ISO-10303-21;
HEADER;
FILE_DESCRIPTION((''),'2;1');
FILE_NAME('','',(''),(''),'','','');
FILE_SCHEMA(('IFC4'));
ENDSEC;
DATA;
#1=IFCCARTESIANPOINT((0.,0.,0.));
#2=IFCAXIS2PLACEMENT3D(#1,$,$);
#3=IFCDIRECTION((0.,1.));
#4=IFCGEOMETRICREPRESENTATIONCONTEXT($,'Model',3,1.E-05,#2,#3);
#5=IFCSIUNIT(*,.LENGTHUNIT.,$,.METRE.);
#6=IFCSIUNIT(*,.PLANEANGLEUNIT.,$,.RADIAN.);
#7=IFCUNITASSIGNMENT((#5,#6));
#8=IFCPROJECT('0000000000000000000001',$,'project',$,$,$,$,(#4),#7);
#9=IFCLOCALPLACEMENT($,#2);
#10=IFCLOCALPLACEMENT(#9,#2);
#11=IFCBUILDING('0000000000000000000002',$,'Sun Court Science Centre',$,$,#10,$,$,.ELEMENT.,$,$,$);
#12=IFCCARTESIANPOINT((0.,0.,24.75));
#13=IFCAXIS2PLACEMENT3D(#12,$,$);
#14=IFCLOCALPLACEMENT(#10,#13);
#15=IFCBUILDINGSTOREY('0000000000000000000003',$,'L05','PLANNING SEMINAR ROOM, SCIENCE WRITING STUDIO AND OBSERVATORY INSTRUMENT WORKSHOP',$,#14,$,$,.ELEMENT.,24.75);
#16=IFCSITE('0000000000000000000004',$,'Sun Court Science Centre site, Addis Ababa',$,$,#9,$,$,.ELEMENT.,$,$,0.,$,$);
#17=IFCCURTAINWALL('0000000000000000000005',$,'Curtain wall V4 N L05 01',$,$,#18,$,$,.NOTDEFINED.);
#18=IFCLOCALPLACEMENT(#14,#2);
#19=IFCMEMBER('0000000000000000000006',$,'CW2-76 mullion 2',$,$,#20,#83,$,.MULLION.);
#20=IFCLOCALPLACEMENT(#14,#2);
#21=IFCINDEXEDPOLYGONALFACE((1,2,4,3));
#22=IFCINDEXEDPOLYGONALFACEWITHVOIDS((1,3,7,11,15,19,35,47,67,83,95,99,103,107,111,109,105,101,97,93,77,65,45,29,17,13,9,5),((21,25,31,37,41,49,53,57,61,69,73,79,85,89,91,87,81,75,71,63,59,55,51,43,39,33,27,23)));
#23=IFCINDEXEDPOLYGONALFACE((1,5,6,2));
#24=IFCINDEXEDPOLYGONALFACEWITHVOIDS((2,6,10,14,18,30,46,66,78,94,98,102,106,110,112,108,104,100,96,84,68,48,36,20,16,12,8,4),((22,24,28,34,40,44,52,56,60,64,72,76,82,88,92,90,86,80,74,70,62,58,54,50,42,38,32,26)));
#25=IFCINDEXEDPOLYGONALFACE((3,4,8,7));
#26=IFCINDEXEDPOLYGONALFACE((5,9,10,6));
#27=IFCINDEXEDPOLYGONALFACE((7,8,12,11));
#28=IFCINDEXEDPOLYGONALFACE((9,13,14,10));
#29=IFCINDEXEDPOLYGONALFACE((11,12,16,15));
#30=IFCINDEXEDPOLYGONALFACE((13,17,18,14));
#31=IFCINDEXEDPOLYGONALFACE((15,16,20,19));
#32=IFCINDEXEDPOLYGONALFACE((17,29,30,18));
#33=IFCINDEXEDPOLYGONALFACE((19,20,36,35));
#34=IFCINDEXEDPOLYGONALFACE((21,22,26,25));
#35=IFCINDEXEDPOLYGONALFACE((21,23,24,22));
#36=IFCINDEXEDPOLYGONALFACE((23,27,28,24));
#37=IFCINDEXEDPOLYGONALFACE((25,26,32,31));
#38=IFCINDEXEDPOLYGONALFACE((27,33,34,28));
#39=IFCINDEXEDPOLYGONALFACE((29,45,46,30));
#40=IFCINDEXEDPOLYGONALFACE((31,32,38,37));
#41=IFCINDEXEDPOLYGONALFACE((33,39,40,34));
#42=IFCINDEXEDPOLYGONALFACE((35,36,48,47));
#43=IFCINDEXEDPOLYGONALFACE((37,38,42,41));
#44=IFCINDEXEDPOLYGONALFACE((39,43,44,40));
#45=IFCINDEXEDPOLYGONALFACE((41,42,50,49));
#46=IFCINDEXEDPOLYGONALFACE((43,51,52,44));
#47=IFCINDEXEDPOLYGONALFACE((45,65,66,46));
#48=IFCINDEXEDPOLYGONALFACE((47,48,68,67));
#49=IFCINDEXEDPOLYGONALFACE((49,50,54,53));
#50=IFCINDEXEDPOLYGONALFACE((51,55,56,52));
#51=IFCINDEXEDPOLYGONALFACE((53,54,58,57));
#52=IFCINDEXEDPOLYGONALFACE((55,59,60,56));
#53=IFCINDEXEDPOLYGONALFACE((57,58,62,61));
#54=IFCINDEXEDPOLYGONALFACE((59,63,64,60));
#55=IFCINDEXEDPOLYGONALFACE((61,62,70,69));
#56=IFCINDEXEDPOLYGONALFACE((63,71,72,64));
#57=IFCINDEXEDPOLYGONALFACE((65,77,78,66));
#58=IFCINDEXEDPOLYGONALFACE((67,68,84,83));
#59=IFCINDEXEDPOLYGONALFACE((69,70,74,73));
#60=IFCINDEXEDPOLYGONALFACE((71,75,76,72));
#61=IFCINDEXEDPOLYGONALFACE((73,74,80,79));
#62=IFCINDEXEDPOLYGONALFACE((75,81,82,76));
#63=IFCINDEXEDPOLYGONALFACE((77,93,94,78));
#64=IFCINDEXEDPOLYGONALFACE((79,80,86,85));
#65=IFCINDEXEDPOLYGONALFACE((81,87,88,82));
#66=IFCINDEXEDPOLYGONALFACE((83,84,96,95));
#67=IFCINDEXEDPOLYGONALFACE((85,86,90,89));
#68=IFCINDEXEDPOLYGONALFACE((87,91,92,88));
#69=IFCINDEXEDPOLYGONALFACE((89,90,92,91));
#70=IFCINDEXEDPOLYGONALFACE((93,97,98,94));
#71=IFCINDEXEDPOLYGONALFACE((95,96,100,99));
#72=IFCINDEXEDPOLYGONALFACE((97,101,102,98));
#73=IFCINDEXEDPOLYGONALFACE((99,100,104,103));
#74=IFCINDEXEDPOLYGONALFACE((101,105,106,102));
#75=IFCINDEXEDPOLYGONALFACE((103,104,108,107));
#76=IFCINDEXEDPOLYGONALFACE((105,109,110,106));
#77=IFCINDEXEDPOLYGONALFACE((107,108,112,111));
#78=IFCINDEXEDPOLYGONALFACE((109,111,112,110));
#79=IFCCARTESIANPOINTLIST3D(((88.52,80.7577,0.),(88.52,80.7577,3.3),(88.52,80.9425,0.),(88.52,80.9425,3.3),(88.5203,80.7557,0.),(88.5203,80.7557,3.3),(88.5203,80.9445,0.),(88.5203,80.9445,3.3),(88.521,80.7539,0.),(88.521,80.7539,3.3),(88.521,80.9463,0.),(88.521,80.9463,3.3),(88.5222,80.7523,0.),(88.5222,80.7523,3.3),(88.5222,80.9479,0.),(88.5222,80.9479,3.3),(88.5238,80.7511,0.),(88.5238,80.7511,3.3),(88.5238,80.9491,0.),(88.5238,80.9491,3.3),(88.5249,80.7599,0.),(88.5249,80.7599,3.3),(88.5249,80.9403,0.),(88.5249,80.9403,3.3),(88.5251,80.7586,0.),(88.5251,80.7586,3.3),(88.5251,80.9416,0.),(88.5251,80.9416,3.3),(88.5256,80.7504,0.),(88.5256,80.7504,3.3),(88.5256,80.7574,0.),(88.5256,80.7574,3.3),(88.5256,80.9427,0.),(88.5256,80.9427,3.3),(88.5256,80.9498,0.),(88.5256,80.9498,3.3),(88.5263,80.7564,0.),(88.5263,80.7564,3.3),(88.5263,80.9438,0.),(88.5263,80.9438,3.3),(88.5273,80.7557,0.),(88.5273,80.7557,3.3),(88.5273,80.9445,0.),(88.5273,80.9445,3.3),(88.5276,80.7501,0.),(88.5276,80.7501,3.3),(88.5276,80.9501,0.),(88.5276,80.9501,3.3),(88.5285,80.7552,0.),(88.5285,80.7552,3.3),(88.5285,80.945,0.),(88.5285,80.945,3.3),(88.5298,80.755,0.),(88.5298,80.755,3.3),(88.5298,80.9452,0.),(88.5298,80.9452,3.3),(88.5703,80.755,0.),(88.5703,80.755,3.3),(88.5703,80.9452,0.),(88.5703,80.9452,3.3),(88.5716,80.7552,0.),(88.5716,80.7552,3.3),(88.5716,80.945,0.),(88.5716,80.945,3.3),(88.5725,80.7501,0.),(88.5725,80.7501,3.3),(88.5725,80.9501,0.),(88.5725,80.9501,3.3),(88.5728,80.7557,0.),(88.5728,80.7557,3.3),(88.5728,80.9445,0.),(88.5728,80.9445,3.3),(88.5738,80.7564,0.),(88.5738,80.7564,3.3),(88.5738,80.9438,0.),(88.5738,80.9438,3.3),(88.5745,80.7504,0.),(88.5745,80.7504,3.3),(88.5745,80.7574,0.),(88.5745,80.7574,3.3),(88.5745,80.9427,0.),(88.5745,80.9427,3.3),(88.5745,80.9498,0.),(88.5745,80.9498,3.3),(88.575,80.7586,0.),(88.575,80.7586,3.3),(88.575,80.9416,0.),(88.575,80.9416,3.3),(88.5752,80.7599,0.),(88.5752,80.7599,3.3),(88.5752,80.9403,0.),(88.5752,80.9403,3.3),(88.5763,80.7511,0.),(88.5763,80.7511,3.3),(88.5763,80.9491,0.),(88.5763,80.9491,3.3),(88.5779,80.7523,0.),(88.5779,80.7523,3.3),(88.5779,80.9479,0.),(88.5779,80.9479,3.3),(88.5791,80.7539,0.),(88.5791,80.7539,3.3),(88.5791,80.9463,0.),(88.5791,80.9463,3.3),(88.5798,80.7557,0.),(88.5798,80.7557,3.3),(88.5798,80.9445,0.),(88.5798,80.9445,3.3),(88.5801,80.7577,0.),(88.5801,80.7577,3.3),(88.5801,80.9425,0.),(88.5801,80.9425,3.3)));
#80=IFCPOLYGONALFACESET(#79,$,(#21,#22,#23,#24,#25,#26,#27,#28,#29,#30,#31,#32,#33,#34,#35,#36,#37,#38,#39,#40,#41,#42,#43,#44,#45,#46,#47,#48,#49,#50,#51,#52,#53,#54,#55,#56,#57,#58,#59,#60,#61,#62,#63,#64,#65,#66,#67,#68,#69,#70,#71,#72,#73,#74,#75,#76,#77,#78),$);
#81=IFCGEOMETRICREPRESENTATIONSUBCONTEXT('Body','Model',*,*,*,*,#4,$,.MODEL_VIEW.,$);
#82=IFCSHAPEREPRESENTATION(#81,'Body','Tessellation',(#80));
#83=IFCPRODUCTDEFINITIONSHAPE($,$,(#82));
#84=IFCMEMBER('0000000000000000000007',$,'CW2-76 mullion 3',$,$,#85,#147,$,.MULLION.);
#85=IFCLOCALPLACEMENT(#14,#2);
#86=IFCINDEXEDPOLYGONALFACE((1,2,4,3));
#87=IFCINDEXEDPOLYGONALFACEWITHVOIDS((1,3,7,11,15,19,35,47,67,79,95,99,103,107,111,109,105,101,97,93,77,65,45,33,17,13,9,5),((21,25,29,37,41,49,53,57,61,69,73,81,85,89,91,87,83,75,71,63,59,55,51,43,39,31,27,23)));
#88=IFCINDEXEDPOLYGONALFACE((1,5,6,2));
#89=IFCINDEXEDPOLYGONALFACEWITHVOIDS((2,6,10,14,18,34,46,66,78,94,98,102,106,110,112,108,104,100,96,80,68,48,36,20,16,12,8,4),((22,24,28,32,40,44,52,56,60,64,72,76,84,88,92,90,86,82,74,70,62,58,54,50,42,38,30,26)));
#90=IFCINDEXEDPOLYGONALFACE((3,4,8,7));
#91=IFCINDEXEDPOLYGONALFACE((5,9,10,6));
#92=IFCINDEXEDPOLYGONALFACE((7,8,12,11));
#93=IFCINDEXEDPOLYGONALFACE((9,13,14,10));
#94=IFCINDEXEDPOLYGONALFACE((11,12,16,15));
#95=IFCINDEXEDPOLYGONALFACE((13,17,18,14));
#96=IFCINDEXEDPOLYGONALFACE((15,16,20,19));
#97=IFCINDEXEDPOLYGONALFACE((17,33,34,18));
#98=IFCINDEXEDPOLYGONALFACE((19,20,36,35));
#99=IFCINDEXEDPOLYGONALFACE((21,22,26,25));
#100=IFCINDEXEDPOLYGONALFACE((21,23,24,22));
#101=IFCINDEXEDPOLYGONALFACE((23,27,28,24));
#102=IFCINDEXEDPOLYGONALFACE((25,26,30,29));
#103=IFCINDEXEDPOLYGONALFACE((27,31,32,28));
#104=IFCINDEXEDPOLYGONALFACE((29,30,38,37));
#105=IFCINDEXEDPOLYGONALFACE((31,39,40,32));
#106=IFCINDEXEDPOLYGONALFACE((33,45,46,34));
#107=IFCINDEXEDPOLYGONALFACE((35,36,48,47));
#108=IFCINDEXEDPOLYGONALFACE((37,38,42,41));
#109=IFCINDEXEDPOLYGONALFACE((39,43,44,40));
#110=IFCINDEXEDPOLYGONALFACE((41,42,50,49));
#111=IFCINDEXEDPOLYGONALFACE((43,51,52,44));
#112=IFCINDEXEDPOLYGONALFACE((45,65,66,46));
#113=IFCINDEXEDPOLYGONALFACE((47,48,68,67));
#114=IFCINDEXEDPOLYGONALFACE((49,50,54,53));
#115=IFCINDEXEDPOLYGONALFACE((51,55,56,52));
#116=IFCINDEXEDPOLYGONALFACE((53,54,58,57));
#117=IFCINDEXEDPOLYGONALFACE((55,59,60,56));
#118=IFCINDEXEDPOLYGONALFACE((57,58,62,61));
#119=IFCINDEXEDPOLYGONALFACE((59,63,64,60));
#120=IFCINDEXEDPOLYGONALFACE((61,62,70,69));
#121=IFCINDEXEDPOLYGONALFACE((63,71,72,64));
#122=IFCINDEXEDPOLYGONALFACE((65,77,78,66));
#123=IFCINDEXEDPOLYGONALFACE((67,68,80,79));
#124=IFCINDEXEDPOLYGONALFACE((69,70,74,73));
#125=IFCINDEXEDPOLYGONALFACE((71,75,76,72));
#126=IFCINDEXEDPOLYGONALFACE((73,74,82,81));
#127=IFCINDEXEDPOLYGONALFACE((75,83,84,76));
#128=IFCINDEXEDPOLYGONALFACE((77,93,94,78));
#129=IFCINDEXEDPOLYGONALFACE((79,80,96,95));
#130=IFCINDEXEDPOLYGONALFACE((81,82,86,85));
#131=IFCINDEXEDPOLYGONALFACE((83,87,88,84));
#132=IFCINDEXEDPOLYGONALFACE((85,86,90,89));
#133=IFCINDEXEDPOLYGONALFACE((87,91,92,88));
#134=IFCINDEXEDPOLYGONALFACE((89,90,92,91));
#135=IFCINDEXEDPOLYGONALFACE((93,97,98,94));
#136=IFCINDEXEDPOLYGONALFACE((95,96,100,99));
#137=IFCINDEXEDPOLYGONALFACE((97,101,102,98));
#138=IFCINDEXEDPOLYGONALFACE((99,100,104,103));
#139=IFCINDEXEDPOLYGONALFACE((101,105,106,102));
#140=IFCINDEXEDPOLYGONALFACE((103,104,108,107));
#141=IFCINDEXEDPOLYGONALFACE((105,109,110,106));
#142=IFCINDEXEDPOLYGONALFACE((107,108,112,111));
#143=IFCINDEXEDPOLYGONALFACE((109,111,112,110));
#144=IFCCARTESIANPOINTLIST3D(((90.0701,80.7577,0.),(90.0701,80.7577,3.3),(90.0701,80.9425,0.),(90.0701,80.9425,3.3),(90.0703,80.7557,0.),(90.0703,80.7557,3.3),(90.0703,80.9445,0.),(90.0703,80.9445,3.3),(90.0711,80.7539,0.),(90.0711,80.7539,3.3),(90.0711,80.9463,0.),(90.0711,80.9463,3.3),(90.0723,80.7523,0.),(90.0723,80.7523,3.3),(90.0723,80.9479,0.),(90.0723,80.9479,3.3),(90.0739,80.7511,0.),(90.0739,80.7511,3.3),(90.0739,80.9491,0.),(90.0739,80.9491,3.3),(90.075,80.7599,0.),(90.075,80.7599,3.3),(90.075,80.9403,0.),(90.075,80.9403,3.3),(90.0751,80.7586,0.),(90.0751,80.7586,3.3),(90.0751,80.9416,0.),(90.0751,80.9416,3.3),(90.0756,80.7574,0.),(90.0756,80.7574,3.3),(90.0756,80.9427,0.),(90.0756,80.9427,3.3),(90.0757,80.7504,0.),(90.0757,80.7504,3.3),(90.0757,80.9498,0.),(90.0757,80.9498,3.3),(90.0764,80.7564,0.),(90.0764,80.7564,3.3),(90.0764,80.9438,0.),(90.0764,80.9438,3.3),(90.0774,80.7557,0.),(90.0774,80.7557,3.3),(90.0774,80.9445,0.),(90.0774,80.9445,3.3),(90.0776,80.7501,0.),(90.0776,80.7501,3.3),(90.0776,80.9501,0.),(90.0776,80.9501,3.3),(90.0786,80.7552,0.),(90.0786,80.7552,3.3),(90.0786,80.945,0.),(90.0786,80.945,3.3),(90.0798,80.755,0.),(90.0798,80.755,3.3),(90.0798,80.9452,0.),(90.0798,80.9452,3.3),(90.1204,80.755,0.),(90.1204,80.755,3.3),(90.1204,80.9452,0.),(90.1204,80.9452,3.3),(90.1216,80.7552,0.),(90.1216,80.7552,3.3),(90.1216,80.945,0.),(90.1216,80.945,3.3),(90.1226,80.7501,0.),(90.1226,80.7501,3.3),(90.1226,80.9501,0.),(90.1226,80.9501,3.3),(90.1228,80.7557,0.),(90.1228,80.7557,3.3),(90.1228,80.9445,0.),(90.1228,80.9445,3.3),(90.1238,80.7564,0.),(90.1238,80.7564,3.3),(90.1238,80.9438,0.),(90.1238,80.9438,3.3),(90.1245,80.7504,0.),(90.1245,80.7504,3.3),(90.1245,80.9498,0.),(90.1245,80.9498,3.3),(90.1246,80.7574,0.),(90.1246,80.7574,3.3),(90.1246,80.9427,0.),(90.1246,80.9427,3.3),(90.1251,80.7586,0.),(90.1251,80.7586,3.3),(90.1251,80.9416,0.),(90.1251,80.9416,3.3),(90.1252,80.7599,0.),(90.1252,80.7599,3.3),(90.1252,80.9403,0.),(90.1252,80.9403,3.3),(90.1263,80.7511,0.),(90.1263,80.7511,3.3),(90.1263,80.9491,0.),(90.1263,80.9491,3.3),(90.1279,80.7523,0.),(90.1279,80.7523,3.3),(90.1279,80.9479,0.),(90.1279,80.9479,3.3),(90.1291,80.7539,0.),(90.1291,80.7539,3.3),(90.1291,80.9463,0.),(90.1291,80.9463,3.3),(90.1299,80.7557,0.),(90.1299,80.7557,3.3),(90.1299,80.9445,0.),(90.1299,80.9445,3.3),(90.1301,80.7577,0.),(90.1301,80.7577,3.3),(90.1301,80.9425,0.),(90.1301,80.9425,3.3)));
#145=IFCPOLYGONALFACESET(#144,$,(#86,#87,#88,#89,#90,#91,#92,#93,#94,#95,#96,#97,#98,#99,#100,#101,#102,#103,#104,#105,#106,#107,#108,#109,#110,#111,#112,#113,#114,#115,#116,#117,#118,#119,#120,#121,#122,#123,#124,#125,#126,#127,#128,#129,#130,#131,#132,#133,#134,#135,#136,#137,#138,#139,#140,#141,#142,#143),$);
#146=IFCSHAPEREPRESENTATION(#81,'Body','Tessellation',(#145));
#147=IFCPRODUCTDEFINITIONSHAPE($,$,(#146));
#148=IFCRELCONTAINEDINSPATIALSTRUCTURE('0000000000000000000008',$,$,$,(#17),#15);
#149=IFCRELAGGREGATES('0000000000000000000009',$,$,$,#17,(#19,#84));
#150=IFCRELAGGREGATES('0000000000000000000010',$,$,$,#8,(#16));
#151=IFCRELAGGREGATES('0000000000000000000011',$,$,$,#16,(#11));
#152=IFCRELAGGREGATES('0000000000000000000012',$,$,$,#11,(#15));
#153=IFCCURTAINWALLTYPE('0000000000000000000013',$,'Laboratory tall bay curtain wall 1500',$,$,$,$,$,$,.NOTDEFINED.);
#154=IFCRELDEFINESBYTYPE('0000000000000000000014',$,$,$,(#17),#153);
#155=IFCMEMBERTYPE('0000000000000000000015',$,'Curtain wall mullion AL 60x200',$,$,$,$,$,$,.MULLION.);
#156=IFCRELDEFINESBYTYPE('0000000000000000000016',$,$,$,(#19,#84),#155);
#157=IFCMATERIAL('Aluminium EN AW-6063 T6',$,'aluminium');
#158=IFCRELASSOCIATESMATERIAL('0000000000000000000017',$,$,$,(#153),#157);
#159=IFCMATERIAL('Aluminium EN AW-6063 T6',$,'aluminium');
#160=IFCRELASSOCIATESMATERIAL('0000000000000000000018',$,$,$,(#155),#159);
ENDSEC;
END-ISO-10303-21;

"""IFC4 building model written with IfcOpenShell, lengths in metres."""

from ifc_helpers import new_model, si_unit, direction, frame, origin, origin_2d, place, context, subcontext, project, spatial, hollow_rectangle, extrude, material, material_profile, profile_set, type_object, element, aggregate, save


model = new_model("IFC4")

# Units and contexts
model_context = context("Model", 3, precision=1e-05, world=origin(), true_north=direction((0.0, 1.0)))
body_context = subcontext(model_context, "Body", "Model", "MODEL_VIEW")
ifc_project = project(units=[si_unit("LENGTHUNIT", "METRE"), si_unit("PLANEANGLEUNIT", "RADIAN")], contexts=[model_context])

# Site, building, storey
site_placement = place(None, origin())
site = spatial("IfcSite", under=ifc_project, at=site_placement, Name="Sun Court Science Centre site, Addis Ababa", CompositionType="ELEMENT", RefElevation=0.0)
building_placement = place(site_placement, origin())
building = spatial("IfcBuilding", under=site, at=building_placement, Name="Sun Court Science Centre", CompositionType="ELEMENT")
storey_placement = place(building_placement, frame((0.0, 0.0, 24.75)))
storey = spatial("IfcBuildingStorey", under=building, at=storey_placement, Name="L05", Description="PLANNING SEMINAR ROOM, SCIENCE WRITING STUDIO AND OBSERVATORY INSTRUMENT WORKSHOP", CompositionType="ELEMENT", Elevation=24.75)

# Curtain wall, members
ifc_material_1 = material(Name="Aluminium EN AW-6063 T6", Category="aluminium")
curtain_wall_type = type_object("IfcCurtainWallType", Name="Laboratory tall bay curtain wall 1500", PredefinedType="NOTDEFINED", material=ifc_material_1)
curtain_wall_placement = place(storey_placement, origin())
curtain_wall = element("IfcCurtainWall", 1, at=curtain_wall_placement, inside=storey, type_object=curtain_wall_type, Name="Curtain wall V4 N L05 01", PredefinedType="NOTDEFINED")
ifc_material_2 = material(Name="Aluminium EN AW-6063 T6", Category="aluminium")
ifc_material_profile_1 = material_profile(ifc_material_2, hollow_rectangle(XDim=0.0601, YDim=0.2, WallThickness=0.0049, InnerFilletRadius=0.0049, OuterFilletRadius=0.0076, at=origin_2d()), Name="AL 60x200x5")
ifc_profile_set_1 = profile_set([ifc_material_profile_1], Name="Aluminium EN AW-6063 T6")
member_type_1 = type_object("IfcMemberType", Name="Curtain wall mullion AL 60x200", PredefinedType="MULLION", material=ifc_profile_set_1)
member_1_placement = place(storey_placement, frame((88.55, 80.8501, 0.0), z_axis=(0.0, 0.0, 1.0), x_axis=(1.0, 0.0, 0.0)))
member_1 = element("IfcMember", 2, at=member_1_placement, type_object=member_type_1, Name="CW2-76 mullion 2", PredefinedType="MULLION", context=body_context, shape_type="SweptSolid", body=[
    extrude(hollow_rectangle(XDim=0.0601, YDim=0.2, WallThickness=0.0049, InnerFilletRadius=0.0049, OuterFilletRadius=0.0076, at=origin_2d()), origin(), (0.0, 0.0, 1.0), 3.3),
])
member_2_placement = place(storey_placement, frame((90.1001, 80.8501, 0.0), z_axis=(0.0, 0.0, 1.0), x_axis=(1.0, 0.0, 0.0)))
member_2 = element("IfcMember", 3, at=member_2_placement, type_object=member_type_1, Name="CW2-76 mullion 3", PredefinedType="MULLION", context=body_context, shape_type="SweptSolid", body=[
    extrude(hollow_rectangle(XDim=0.0601, YDim=0.2, WallThickness=0.0049, InnerFilletRadius=0.0049, OuterFilletRadius=0.0076, at=origin_2d()), origin(), (0.0, 0.0, 1.0), 3.3),
])

aggregate(curtain_wall, [member_1, member_2])

save(model, "model.ifc")
